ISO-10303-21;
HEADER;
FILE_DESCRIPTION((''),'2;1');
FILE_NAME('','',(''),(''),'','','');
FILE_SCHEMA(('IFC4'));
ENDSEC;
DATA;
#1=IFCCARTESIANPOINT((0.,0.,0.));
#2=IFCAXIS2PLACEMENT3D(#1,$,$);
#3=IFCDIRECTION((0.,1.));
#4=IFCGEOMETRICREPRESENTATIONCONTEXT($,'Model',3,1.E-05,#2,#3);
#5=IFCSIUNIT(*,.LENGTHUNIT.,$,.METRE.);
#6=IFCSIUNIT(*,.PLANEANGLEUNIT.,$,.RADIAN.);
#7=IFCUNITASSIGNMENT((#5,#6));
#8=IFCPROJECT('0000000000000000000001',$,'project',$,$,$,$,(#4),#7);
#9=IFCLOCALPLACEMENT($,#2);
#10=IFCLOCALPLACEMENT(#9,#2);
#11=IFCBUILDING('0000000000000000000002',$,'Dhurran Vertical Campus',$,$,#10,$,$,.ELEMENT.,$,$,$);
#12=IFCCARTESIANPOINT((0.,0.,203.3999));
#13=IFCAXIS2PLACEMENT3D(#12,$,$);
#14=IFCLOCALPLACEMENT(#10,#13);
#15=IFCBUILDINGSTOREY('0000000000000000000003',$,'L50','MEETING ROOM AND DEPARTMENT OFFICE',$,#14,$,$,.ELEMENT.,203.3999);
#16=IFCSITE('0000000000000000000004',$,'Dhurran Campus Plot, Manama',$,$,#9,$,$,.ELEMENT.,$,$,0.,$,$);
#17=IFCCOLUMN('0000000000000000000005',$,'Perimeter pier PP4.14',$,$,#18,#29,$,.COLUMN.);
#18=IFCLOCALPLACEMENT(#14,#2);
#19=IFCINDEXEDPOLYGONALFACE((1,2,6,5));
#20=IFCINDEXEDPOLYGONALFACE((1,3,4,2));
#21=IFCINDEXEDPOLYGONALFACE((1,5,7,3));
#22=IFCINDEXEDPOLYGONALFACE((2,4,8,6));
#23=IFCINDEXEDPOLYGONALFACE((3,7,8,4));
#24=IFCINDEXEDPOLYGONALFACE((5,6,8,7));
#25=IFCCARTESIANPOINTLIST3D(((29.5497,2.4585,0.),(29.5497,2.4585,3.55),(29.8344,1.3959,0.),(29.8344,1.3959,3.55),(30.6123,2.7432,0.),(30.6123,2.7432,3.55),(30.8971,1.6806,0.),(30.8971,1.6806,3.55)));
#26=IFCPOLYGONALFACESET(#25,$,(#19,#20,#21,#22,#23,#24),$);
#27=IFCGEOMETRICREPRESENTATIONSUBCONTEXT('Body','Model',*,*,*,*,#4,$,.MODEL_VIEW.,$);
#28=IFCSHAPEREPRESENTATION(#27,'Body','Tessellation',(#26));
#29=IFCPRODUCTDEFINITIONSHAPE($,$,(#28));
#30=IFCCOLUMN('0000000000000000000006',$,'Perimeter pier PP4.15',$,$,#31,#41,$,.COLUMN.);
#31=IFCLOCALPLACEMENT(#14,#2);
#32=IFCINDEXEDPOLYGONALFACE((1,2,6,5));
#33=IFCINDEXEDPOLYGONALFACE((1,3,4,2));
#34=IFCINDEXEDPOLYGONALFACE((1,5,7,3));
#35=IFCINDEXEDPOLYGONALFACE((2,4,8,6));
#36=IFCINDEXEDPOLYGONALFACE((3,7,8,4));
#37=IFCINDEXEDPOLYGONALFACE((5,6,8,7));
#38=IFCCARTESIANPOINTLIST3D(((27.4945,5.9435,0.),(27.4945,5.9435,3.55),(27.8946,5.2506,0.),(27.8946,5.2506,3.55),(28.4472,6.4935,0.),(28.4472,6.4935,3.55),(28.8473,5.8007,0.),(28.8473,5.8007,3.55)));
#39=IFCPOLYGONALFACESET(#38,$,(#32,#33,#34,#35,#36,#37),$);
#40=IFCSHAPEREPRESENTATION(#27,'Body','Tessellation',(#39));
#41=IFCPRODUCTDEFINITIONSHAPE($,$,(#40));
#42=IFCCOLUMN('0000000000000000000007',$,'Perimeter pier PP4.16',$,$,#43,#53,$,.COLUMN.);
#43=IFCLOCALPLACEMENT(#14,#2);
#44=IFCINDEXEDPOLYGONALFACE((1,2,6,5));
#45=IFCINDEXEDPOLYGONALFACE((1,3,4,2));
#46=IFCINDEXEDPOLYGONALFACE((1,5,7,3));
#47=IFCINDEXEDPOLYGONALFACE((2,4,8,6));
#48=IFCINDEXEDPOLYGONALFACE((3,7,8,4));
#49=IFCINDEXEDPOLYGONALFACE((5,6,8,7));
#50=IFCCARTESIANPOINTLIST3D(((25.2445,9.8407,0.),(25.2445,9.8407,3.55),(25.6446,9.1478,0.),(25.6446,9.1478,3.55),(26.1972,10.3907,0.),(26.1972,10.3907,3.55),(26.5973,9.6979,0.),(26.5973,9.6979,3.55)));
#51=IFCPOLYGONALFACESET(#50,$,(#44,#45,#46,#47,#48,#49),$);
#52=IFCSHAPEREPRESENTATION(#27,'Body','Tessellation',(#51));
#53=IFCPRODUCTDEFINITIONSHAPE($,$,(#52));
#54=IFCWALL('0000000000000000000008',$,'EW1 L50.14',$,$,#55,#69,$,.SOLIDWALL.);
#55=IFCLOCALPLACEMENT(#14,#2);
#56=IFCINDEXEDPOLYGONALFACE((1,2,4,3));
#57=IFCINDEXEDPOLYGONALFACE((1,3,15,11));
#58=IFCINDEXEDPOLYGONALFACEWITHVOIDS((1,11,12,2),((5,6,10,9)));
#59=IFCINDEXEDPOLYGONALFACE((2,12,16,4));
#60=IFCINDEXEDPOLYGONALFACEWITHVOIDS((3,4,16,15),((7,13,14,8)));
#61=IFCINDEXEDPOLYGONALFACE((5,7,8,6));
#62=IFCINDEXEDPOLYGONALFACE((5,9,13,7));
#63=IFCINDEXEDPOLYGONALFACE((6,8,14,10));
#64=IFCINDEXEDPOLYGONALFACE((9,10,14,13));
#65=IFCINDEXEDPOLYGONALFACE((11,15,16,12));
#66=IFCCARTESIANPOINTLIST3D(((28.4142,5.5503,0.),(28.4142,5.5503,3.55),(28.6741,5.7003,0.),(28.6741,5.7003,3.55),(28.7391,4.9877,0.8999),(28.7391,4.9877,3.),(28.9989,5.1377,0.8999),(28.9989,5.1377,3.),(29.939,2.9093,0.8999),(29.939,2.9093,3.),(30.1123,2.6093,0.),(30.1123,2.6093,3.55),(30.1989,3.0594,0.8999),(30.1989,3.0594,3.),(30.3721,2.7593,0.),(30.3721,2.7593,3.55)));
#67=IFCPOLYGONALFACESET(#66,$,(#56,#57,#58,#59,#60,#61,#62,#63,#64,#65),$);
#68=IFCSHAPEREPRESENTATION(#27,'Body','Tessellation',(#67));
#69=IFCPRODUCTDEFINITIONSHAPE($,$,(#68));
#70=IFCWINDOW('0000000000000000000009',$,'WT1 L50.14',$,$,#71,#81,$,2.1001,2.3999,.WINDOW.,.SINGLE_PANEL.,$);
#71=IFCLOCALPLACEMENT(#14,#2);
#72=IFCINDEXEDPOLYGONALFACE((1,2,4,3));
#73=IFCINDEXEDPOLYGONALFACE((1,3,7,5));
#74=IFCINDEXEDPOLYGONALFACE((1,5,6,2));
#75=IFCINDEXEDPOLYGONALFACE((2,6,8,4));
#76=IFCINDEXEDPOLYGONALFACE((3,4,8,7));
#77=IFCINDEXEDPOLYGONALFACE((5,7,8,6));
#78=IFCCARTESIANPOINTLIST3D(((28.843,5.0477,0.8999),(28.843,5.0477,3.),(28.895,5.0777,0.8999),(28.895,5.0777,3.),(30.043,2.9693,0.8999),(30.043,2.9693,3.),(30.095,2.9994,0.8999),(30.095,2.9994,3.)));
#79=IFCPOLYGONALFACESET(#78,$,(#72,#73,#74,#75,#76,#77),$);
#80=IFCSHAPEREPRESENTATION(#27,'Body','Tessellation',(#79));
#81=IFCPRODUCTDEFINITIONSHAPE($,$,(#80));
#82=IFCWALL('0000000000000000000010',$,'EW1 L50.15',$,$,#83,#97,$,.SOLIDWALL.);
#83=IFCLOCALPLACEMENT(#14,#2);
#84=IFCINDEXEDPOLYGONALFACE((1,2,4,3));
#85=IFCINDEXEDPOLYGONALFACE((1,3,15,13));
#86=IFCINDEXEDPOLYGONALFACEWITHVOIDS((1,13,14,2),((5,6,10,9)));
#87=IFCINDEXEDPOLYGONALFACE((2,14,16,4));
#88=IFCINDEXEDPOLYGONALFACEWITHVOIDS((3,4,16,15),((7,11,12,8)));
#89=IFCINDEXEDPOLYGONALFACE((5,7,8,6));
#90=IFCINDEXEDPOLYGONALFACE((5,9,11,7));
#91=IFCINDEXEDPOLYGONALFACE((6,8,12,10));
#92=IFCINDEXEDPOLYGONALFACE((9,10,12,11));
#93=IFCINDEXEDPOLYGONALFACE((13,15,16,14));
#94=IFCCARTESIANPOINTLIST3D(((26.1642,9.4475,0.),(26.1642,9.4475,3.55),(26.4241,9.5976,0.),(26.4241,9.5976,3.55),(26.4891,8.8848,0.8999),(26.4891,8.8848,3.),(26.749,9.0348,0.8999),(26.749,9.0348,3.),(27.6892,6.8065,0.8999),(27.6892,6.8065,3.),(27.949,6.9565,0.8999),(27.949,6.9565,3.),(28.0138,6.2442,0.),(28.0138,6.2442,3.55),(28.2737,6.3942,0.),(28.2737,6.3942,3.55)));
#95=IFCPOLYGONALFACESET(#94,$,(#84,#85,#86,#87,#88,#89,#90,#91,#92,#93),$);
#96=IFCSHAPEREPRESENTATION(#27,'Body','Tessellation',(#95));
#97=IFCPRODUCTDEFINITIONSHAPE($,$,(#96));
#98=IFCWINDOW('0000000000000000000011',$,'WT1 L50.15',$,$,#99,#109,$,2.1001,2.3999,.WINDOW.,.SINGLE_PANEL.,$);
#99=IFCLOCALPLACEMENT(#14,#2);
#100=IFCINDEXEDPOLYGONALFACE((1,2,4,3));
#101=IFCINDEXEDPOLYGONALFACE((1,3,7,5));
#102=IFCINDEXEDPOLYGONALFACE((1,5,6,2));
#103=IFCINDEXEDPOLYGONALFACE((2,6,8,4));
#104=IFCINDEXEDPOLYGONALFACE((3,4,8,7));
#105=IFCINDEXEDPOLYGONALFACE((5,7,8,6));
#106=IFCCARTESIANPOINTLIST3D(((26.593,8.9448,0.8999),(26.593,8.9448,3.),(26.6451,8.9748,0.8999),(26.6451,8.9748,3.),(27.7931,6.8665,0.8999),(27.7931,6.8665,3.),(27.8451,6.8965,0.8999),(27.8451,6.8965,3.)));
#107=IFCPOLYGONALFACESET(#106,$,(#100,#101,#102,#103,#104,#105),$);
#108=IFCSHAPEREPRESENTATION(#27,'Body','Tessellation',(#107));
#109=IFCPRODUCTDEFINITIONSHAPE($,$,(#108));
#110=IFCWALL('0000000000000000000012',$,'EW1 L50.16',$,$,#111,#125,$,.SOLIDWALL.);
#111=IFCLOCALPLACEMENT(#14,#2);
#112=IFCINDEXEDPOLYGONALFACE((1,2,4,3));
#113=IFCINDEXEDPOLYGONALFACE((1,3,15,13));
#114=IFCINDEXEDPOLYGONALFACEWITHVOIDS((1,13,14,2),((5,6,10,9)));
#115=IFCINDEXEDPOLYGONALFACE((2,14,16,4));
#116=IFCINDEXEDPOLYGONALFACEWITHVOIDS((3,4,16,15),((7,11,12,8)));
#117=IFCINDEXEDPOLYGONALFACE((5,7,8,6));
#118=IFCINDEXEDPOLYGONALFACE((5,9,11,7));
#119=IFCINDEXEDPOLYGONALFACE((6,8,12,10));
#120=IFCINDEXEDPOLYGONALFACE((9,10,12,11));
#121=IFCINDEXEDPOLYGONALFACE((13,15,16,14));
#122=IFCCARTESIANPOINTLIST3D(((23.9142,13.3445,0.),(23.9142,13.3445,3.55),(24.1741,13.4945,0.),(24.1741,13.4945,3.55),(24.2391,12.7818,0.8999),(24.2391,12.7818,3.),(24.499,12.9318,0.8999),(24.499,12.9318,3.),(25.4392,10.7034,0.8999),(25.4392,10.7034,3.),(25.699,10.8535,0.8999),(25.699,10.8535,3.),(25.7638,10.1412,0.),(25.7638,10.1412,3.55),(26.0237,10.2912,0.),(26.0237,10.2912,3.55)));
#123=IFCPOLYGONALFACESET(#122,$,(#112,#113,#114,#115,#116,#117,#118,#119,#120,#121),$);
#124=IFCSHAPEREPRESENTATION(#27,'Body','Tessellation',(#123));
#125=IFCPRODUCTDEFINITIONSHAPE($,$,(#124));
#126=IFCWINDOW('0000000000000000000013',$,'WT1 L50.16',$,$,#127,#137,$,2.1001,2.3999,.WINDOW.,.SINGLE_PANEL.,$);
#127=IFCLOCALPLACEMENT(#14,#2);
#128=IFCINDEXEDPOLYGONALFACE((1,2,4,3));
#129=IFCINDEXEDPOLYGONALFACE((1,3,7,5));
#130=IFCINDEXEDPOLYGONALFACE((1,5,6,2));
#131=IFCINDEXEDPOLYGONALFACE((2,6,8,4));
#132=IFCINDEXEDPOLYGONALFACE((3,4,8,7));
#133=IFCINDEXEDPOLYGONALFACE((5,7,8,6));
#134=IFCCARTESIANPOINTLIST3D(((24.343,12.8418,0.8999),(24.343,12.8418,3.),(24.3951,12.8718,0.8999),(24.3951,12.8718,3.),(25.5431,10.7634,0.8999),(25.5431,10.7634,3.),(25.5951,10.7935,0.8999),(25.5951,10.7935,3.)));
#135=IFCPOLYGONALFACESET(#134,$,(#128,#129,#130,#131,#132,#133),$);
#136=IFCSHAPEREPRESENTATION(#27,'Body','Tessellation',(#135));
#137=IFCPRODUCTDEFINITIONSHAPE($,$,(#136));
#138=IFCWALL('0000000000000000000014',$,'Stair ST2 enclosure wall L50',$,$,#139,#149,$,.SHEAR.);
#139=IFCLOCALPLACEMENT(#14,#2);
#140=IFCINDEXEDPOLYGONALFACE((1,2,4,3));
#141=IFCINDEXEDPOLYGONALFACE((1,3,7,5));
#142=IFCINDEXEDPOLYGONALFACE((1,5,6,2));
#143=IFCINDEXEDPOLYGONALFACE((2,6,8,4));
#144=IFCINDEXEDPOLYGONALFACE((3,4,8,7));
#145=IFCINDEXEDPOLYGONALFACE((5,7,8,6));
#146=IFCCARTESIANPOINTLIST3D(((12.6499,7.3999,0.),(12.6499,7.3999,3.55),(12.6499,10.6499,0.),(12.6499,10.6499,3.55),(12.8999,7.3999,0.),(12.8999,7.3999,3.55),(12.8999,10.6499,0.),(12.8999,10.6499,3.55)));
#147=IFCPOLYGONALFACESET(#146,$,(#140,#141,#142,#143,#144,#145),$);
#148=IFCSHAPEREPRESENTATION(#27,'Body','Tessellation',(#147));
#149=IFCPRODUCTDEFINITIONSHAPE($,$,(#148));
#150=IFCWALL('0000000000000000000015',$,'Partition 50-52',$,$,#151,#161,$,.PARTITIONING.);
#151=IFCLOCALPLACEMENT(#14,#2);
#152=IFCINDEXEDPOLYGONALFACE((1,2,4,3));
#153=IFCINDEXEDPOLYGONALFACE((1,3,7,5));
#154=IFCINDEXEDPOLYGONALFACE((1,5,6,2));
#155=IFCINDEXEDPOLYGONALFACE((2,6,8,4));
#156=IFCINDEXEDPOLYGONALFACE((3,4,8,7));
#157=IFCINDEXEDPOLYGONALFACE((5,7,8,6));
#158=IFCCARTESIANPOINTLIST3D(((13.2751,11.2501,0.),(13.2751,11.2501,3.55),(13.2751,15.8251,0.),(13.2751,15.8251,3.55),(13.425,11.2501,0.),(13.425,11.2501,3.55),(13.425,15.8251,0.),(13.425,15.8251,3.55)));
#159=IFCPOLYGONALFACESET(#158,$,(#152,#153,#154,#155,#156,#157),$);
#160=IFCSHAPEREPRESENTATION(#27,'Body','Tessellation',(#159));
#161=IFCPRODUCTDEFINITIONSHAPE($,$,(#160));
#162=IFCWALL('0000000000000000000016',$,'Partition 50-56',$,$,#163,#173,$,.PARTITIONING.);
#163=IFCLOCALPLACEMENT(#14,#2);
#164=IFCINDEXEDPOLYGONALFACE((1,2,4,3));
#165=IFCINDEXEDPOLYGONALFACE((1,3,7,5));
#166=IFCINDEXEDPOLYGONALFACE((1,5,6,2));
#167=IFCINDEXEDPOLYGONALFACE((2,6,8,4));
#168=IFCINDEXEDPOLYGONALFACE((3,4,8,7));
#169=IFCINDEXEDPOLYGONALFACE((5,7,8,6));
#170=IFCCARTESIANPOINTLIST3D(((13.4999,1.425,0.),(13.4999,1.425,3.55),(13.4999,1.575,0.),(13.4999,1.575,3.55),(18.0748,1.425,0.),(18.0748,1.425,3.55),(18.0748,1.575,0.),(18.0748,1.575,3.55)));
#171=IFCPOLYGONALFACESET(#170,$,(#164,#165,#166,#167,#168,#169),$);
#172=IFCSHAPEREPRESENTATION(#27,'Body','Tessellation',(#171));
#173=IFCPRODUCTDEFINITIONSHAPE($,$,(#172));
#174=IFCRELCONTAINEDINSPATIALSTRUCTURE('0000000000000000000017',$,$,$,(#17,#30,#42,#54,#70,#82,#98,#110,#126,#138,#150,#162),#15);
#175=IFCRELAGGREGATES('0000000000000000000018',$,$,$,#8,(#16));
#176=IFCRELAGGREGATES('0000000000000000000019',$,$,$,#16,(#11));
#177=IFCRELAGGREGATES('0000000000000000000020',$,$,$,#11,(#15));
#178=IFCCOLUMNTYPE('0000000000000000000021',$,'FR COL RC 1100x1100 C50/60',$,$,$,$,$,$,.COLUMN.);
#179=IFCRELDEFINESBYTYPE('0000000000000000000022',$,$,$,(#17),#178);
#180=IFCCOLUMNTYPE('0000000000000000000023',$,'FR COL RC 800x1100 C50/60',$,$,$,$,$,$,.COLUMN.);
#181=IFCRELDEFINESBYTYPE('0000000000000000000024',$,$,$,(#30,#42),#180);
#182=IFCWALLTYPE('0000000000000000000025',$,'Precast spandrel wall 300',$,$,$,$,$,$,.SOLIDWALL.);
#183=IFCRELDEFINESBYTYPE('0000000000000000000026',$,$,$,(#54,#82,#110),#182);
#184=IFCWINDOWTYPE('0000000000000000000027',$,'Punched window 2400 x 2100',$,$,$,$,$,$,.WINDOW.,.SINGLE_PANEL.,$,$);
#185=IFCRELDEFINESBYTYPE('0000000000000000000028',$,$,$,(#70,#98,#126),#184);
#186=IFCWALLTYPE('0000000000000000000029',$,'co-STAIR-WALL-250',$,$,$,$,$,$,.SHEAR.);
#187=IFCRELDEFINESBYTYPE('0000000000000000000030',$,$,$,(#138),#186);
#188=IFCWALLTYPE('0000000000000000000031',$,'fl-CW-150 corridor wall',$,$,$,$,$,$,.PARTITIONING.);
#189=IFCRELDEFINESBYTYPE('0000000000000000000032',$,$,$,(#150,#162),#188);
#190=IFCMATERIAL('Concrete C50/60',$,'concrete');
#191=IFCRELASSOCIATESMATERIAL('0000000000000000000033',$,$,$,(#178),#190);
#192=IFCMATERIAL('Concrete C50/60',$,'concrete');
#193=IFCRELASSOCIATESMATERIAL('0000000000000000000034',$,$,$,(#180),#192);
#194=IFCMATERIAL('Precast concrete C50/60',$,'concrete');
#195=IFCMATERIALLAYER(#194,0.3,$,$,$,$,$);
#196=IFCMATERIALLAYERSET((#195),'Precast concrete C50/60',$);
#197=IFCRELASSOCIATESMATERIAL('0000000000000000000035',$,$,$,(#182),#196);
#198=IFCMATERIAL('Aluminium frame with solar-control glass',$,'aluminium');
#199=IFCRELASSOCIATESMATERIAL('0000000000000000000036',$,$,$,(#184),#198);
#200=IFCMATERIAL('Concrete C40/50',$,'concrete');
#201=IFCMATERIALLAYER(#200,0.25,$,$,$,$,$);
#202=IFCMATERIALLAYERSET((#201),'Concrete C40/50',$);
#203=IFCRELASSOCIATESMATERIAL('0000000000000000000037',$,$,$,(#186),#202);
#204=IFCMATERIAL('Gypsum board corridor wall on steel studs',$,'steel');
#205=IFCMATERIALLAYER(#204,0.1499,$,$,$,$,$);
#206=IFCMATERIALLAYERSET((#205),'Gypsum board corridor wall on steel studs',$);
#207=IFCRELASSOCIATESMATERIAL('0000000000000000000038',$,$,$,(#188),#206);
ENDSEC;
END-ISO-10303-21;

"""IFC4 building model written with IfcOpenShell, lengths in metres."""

from ifc_helpers import new_model, si_unit, direction, frame, frame_2d, origin, origin_2d, place, context, subcontext, project, spatial, rectangle, extrude, material, layer, layer_set, material_profile, profile_set, type_object, element, fill, save


model = new_model("IFC4")

# Units and contexts
model_context = context("Model", 3, precision=1e-05, world=origin(), true_north=direction((0.0, 1.0)))
body_context = subcontext(model_context, "Body", "Model", "MODEL_VIEW")
ifc_project = project(units=[si_unit("LENGTHUNIT", "METRE"), si_unit("PLANEANGLEUNIT", "RADIAN")], contexts=[model_context])

# Site, building, storey
site_placement = place(None, origin())
site = spatial("IfcSite", under=ifc_project, at=site_placement, Name="Dhurran Campus Plot, Manama", CompositionType="ELEMENT", RefElevation=0.0)
building_placement = place(site_placement, origin())
building = spatial("IfcBuilding", under=site, at=building_placement, Name="Dhurran Vertical Campus", CompositionType="ELEMENT")
storey_placement = place(building_placement, frame((0.0, 0.0, 203.3999)))
storey = spatial("IfcBuildingStorey", under=building, at=storey_placement, Name="L50", Description="MEETING ROOM AND DEPARTMENT OFFICE", CompositionType="ELEMENT", Elevation=203.3999)

# Columns
ifc_material_1 = material(Name="Concrete C50/60", Category="concrete")
ifc_material_profile_1 = material_profile(ifc_material_1, rectangle(XDim=1.1001, YDim=1.1001, at=origin_2d()), Name="RC 1100x1100")
ifc_profile_set_1 = profile_set([ifc_material_profile_1], Name="Concrete C50/60")
column_type_1 = type_object("IfcColumnType", Name="FR COL RC 1100x1100 C50/60", PredefinedType="COLUMN", material=ifc_profile_set_1)
column_placement = place(storey_placement, frame((30.2234, 2.0696, 0.0), z_axis=(0.0, 0.0, 1.0), x_axis=(-0.258819, 0.965926, 0.0)))
element("IfcColumn", 1, at=column_placement, inside=storey, type_object=column_type_1, Name="Perimeter pier PP4.14", PredefinedType="COLUMN", context=body_context, shape_type="SweptSolid", body=[
    extrude(rectangle(XDim=1.1001, YDim=1.1001, at=origin_2d()), origin(), (0.0, 0.0, 1.0), 3.55),
])
ifc_material_2 = material(Name="Concrete C50/60", Category="concrete")
ifc_material_profile_2 = material_profile(ifc_material_2, rectangle(XDim=0.8, YDim=1.1001, at=origin_2d()), Name="RC 800x1100")
ifc_profile_set_2 = profile_set([ifc_material_profile_2], Name="Concrete C50/60")
column_type_2 = type_object("IfcColumnType", Name="FR COL RC 800x1100 C50/60", PredefinedType="COLUMN", material=ifc_profile_set_2)
for number, where, z_axis, x_axis, name in (
    (2, (28.1709, 5.8721, 0.0), (0.0, 0.0, 1.0), (-0.5, 0.866025, 0.0), "Perimeter pier PP4.15"),
    (3, (25.9209, 9.7693, 0.0), (0.0, 0.0, 1.0), (-0.5, 0.866025, 0.0), "Perimeter pier PP4.16"),
):
    element("IfcColumn", number, at=place(storey_placement, frame(where, z_axis=z_axis, x_axis=x_axis)), inside=storey, type_object=column_type_2, Name=name, PredefinedType="COLUMN", context=body_context, shape_type="SweptSolid", body=[
        extrude(rectangle(XDim=0.8, YDim=1.1001, at=origin_2d()), origin(), (0.0, 0.0, 1.0), 3.55),
    ])

# Walls, openings, windows
ifc_material_3 = material(Name="Precast concrete C50/60", Category="concrete")
ifc_layer_1 = layer(ifc_material_3, 0.3)
ifc_layer_set_1 = layer_set([ifc_layer_1], Name="Precast concrete C50/60")
wall_type_1 = type_object("IfcWallType", Name="Precast spandrel wall 300", PredefinedType="SOLIDWALL", material=ifc_layer_set_1)
wall_1_placement = place(storey_placement, frame((30.2422, 2.6843, 0.0), z_axis=(0.0, 0.0, 1.0), x_axis=(-0.500013, 0.866018, 0.0)))
wall_1 = element("IfcWall", 4, at=wall_1_placement, inside=storey, type_object=wall_type_1, Name="EW1 L50.14", PredefinedType="SOLIDWALL", context=body_context, shape_type="SweptSolid", body=[
    extrude(rectangle(XDim=3.396, YDim=0.3, at=frame_2d((1.698, 0.0))), origin(), (0.0, 0.0, 1.0), 3.55),
])
opening_1_placement = place(wall_1_placement, frame((0.3464, 0.0, 0.8999)))
opening_1 = element("IfcOpeningElement", 5, at=opening_1_placement, cuts=wall_1, PredefinedType="OPENING", context=body_context, shape_type="SweptSolid", body=[
    extrude(rectangle(XDim=2.3999, YDim=2.1001, at=frame_2d((1.2, 1.05))), frame((0.0, 0.1599, 0.0), z_axis=(0.0, -1.0, 0.0), x_axis=(1.0, 0.0, 0.0)), (0.0, 0.0, 1.0), 0.3201),
])
ifc_material_4 = material(Name="Aluminium frame with solar-control glass", Category="aluminium")
window_type = type_object("IfcWindowType", Name="Punched window 2400 x 2100", PartitioningType="SINGLE_PANEL", PredefinedType="WINDOW", material=ifc_material_4)
window_1_placement = place(opening_1_placement, origin())
window_1 = element("IfcWindow", 6, at=window_1_placement, inside=storey, type_object=window_type, Name="WT1 L50.14", OverallHeight=2.1001, OverallWidth=2.3999, PartitioningType="SINGLE_PANEL", PredefinedType="WINDOW", context=body_context, shape_type="SweptSolid", body=[
    extrude(rectangle(XDim=2.3999, YDim=2.1001, at=frame_2d((1.2, 1.05))), frame((0.0, 0.03, 0.0), z_axis=(0.0, -1.0, 0.0), x_axis=(1.0, 0.0, 0.0)), (0.0, 0.0, 1.0), 0.0601),
])
fill(opening_1, window_1)
wall_2_placement = place(storey_placement, frame((28.1438, 6.3191, 0.0), z_axis=(0.0, 0.0, 1.0), x_axis=(-0.500029, 0.866009, 0.0)))
wall_2 = element("IfcWall", 7, at=wall_2_placement, inside=storey, type_object=wall_type_1, Name="EW1 L50.15", PredefinedType="SOLIDWALL", context=body_context, shape_type="SweptSolid", body=[
    extrude(rectangle(XDim=3.699, YDim=0.3, at=frame_2d((1.8496, 0.0))), origin(), (0.0, 0.0, 1.0), 3.55),
])
opening_2_placement = place(wall_2_placement, frame((0.6494, 0.0, 0.8999)))
opening_2 = element("IfcOpeningElement", 8, at=opening_2_placement, cuts=wall_2, PredefinedType="OPENING", context=body_context, shape_type="SweptSolid", body=[
    extrude(rectangle(XDim=2.3999, YDim=2.1001, at=frame_2d((1.2, 1.05))), frame((0.0, 0.1599, 0.0), z_axis=(0.0, -1.0, 0.0), x_axis=(1.0, 0.0, 0.0)), (0.0, 0.0, 1.0), 0.3201),
])
window_2_placement = place(opening_2_placement, origin())
window_2 = element("IfcWindow", 9, at=window_2_placement, inside=storey, type_object=window_type, Name="WT1 L50.15", OverallHeight=2.1001, OverallWidth=2.3999, PartitioningType="SINGLE_PANEL", PredefinedType="WINDOW", context=body_context, shape_type="SweptSolid", body=[
    extrude(rectangle(XDim=2.3999, YDim=2.1001, at=frame_2d((1.2, 1.05))), frame((0.0, 0.03, 0.0), z_axis=(0.0, -1.0, 0.0), x_axis=(1.0, 0.0, 0.0)), (0.0, 0.0, 1.0), 0.0601),
])
fill(opening_2, window_2)
wall_3_placement = place(storey_placement, frame((25.8938, 10.2161, 0.0), z_axis=(0.0, 0.0, 1.0), x_axis=(-0.500029, 0.866009, 0.0)))
wall_3 = element("IfcWall", 10, at=wall_3_placement, inside=storey, type_object=wall_type_1, Name="EW1 L50.16", PredefinedType="SOLIDWALL", context=body_context, shape_type="SweptSolid", body=[
    extrude(rectangle(XDim=3.699, YDim=0.3, at=frame_2d((1.8496, 0.0))), origin(), (0.0, 0.0, 1.0), 3.55),
])
opening_3_placement = place(wall_3_placement, frame((0.6494, 0.0, 0.8999)))
opening_3 = element("IfcOpeningElement", 11, at=opening_3_placement, cuts=wall_3, PredefinedType="OPENING", context=body_context, shape_type="SweptSolid", body=[
    extrude(rectangle(XDim=2.3999, YDim=2.1001, at=frame_2d((1.2, 1.05))), frame((0.0, 0.1599, 0.0), z_axis=(0.0, -1.0, 0.0), x_axis=(1.0, 0.0, 0.0)), (0.0, 0.0, 1.0), 0.3201),
])
window_3_placement = place(opening_3_placement, origin())
window_3 = element("IfcWindow", 12, at=window_3_placement, inside=storey, type_object=window_type, Name="WT1 L50.16", OverallHeight=2.1001, OverallWidth=2.3999, PartitioningType="SINGLE_PANEL", PredefinedType="WINDOW", context=body_context, shape_type="SweptSolid", body=[
    extrude(rectangle(XDim=2.3999, YDim=2.1001, at=frame_2d((1.2, 1.05))), frame((0.0, 0.03, 0.0), z_axis=(0.0, -1.0, 0.0), x_axis=(1.0, 0.0, 0.0)), (0.0, 0.0, 1.0), 0.0601),
])
fill(opening_3, window_3)

# Walls
ifc_material_5 = material(Name="Concrete C40/50", Category="concrete")
ifc_layer_2 = layer(ifc_material_5, 0.25)
ifc_layer_set_2 = layer_set([ifc_layer_2], Name="Concrete C40/50")
wall_type_2 = type_object("IfcWallType", Name="co-STAIR-WALL-250", PredefinedType="SHEAR", material=ifc_layer_set_2)
wall_4_placement = place(storey_placement, frame((12.7749, 7.3999, 0.0), z_axis=(0.0, 0.0, 1.0), x_axis=(0.0, 1.0, 0.0)))
element("IfcWall", 13, at=wall_4_placement, inside=storey, type_object=wall_type_2, Name="Stair ST2 enclosure wall L50", PredefinedType="SHEAR", context=body_context, shape_type="SweptSolid", body=[
    extrude(rectangle(XDim=3.25, YDim=0.25, at=frame_2d((1.625, 0.0))), origin(), (0.0, 0.0, 1.0), 3.55),
])
ifc_material_6 = material(Name="Gypsum board corridor wall on steel studs", Category="steel")
ifc_layer_3 = layer(ifc_material_6, 0.1499)
ifc_layer_set_3 = layer_set([ifc_layer_3], Name="Gypsum board corridor wall on steel studs")
wall_type_3 = type_object("IfcWallType", Name="fl-CW-150 corridor wall", PredefinedType="PARTITIONING", material=ifc_layer_set_3)
for number, where, z_axis, x_axis, name in (
    (14, (13.3501, 11.25, 0.0), (0.0, 0.0, 1.0), (0.0, 1.0, 0.0), "Partition 50-52"),
    (15, (18.075, 1.5, 0.0), (0.0, 0.0, 1.0), (-1.0, 0.0, 0.0), "Partition 50-56"),
):
    element("IfcWall", number, at=place(storey_placement, frame(where, z_axis=z_axis, x_axis=x_axis)), inside=storey, type_object=wall_type_3, Name=name, PredefinedType="PARTITIONING", context=body_context, shape_type="SweptSolid", body=[
        extrude(rectangle(XDim=4.575, YDim=0.1499, at=frame_2d((2.2876, 0.0))), origin(), (0.0, 0.0, 1.0), 3.55),
    ])

save(model, "model.ifc")
